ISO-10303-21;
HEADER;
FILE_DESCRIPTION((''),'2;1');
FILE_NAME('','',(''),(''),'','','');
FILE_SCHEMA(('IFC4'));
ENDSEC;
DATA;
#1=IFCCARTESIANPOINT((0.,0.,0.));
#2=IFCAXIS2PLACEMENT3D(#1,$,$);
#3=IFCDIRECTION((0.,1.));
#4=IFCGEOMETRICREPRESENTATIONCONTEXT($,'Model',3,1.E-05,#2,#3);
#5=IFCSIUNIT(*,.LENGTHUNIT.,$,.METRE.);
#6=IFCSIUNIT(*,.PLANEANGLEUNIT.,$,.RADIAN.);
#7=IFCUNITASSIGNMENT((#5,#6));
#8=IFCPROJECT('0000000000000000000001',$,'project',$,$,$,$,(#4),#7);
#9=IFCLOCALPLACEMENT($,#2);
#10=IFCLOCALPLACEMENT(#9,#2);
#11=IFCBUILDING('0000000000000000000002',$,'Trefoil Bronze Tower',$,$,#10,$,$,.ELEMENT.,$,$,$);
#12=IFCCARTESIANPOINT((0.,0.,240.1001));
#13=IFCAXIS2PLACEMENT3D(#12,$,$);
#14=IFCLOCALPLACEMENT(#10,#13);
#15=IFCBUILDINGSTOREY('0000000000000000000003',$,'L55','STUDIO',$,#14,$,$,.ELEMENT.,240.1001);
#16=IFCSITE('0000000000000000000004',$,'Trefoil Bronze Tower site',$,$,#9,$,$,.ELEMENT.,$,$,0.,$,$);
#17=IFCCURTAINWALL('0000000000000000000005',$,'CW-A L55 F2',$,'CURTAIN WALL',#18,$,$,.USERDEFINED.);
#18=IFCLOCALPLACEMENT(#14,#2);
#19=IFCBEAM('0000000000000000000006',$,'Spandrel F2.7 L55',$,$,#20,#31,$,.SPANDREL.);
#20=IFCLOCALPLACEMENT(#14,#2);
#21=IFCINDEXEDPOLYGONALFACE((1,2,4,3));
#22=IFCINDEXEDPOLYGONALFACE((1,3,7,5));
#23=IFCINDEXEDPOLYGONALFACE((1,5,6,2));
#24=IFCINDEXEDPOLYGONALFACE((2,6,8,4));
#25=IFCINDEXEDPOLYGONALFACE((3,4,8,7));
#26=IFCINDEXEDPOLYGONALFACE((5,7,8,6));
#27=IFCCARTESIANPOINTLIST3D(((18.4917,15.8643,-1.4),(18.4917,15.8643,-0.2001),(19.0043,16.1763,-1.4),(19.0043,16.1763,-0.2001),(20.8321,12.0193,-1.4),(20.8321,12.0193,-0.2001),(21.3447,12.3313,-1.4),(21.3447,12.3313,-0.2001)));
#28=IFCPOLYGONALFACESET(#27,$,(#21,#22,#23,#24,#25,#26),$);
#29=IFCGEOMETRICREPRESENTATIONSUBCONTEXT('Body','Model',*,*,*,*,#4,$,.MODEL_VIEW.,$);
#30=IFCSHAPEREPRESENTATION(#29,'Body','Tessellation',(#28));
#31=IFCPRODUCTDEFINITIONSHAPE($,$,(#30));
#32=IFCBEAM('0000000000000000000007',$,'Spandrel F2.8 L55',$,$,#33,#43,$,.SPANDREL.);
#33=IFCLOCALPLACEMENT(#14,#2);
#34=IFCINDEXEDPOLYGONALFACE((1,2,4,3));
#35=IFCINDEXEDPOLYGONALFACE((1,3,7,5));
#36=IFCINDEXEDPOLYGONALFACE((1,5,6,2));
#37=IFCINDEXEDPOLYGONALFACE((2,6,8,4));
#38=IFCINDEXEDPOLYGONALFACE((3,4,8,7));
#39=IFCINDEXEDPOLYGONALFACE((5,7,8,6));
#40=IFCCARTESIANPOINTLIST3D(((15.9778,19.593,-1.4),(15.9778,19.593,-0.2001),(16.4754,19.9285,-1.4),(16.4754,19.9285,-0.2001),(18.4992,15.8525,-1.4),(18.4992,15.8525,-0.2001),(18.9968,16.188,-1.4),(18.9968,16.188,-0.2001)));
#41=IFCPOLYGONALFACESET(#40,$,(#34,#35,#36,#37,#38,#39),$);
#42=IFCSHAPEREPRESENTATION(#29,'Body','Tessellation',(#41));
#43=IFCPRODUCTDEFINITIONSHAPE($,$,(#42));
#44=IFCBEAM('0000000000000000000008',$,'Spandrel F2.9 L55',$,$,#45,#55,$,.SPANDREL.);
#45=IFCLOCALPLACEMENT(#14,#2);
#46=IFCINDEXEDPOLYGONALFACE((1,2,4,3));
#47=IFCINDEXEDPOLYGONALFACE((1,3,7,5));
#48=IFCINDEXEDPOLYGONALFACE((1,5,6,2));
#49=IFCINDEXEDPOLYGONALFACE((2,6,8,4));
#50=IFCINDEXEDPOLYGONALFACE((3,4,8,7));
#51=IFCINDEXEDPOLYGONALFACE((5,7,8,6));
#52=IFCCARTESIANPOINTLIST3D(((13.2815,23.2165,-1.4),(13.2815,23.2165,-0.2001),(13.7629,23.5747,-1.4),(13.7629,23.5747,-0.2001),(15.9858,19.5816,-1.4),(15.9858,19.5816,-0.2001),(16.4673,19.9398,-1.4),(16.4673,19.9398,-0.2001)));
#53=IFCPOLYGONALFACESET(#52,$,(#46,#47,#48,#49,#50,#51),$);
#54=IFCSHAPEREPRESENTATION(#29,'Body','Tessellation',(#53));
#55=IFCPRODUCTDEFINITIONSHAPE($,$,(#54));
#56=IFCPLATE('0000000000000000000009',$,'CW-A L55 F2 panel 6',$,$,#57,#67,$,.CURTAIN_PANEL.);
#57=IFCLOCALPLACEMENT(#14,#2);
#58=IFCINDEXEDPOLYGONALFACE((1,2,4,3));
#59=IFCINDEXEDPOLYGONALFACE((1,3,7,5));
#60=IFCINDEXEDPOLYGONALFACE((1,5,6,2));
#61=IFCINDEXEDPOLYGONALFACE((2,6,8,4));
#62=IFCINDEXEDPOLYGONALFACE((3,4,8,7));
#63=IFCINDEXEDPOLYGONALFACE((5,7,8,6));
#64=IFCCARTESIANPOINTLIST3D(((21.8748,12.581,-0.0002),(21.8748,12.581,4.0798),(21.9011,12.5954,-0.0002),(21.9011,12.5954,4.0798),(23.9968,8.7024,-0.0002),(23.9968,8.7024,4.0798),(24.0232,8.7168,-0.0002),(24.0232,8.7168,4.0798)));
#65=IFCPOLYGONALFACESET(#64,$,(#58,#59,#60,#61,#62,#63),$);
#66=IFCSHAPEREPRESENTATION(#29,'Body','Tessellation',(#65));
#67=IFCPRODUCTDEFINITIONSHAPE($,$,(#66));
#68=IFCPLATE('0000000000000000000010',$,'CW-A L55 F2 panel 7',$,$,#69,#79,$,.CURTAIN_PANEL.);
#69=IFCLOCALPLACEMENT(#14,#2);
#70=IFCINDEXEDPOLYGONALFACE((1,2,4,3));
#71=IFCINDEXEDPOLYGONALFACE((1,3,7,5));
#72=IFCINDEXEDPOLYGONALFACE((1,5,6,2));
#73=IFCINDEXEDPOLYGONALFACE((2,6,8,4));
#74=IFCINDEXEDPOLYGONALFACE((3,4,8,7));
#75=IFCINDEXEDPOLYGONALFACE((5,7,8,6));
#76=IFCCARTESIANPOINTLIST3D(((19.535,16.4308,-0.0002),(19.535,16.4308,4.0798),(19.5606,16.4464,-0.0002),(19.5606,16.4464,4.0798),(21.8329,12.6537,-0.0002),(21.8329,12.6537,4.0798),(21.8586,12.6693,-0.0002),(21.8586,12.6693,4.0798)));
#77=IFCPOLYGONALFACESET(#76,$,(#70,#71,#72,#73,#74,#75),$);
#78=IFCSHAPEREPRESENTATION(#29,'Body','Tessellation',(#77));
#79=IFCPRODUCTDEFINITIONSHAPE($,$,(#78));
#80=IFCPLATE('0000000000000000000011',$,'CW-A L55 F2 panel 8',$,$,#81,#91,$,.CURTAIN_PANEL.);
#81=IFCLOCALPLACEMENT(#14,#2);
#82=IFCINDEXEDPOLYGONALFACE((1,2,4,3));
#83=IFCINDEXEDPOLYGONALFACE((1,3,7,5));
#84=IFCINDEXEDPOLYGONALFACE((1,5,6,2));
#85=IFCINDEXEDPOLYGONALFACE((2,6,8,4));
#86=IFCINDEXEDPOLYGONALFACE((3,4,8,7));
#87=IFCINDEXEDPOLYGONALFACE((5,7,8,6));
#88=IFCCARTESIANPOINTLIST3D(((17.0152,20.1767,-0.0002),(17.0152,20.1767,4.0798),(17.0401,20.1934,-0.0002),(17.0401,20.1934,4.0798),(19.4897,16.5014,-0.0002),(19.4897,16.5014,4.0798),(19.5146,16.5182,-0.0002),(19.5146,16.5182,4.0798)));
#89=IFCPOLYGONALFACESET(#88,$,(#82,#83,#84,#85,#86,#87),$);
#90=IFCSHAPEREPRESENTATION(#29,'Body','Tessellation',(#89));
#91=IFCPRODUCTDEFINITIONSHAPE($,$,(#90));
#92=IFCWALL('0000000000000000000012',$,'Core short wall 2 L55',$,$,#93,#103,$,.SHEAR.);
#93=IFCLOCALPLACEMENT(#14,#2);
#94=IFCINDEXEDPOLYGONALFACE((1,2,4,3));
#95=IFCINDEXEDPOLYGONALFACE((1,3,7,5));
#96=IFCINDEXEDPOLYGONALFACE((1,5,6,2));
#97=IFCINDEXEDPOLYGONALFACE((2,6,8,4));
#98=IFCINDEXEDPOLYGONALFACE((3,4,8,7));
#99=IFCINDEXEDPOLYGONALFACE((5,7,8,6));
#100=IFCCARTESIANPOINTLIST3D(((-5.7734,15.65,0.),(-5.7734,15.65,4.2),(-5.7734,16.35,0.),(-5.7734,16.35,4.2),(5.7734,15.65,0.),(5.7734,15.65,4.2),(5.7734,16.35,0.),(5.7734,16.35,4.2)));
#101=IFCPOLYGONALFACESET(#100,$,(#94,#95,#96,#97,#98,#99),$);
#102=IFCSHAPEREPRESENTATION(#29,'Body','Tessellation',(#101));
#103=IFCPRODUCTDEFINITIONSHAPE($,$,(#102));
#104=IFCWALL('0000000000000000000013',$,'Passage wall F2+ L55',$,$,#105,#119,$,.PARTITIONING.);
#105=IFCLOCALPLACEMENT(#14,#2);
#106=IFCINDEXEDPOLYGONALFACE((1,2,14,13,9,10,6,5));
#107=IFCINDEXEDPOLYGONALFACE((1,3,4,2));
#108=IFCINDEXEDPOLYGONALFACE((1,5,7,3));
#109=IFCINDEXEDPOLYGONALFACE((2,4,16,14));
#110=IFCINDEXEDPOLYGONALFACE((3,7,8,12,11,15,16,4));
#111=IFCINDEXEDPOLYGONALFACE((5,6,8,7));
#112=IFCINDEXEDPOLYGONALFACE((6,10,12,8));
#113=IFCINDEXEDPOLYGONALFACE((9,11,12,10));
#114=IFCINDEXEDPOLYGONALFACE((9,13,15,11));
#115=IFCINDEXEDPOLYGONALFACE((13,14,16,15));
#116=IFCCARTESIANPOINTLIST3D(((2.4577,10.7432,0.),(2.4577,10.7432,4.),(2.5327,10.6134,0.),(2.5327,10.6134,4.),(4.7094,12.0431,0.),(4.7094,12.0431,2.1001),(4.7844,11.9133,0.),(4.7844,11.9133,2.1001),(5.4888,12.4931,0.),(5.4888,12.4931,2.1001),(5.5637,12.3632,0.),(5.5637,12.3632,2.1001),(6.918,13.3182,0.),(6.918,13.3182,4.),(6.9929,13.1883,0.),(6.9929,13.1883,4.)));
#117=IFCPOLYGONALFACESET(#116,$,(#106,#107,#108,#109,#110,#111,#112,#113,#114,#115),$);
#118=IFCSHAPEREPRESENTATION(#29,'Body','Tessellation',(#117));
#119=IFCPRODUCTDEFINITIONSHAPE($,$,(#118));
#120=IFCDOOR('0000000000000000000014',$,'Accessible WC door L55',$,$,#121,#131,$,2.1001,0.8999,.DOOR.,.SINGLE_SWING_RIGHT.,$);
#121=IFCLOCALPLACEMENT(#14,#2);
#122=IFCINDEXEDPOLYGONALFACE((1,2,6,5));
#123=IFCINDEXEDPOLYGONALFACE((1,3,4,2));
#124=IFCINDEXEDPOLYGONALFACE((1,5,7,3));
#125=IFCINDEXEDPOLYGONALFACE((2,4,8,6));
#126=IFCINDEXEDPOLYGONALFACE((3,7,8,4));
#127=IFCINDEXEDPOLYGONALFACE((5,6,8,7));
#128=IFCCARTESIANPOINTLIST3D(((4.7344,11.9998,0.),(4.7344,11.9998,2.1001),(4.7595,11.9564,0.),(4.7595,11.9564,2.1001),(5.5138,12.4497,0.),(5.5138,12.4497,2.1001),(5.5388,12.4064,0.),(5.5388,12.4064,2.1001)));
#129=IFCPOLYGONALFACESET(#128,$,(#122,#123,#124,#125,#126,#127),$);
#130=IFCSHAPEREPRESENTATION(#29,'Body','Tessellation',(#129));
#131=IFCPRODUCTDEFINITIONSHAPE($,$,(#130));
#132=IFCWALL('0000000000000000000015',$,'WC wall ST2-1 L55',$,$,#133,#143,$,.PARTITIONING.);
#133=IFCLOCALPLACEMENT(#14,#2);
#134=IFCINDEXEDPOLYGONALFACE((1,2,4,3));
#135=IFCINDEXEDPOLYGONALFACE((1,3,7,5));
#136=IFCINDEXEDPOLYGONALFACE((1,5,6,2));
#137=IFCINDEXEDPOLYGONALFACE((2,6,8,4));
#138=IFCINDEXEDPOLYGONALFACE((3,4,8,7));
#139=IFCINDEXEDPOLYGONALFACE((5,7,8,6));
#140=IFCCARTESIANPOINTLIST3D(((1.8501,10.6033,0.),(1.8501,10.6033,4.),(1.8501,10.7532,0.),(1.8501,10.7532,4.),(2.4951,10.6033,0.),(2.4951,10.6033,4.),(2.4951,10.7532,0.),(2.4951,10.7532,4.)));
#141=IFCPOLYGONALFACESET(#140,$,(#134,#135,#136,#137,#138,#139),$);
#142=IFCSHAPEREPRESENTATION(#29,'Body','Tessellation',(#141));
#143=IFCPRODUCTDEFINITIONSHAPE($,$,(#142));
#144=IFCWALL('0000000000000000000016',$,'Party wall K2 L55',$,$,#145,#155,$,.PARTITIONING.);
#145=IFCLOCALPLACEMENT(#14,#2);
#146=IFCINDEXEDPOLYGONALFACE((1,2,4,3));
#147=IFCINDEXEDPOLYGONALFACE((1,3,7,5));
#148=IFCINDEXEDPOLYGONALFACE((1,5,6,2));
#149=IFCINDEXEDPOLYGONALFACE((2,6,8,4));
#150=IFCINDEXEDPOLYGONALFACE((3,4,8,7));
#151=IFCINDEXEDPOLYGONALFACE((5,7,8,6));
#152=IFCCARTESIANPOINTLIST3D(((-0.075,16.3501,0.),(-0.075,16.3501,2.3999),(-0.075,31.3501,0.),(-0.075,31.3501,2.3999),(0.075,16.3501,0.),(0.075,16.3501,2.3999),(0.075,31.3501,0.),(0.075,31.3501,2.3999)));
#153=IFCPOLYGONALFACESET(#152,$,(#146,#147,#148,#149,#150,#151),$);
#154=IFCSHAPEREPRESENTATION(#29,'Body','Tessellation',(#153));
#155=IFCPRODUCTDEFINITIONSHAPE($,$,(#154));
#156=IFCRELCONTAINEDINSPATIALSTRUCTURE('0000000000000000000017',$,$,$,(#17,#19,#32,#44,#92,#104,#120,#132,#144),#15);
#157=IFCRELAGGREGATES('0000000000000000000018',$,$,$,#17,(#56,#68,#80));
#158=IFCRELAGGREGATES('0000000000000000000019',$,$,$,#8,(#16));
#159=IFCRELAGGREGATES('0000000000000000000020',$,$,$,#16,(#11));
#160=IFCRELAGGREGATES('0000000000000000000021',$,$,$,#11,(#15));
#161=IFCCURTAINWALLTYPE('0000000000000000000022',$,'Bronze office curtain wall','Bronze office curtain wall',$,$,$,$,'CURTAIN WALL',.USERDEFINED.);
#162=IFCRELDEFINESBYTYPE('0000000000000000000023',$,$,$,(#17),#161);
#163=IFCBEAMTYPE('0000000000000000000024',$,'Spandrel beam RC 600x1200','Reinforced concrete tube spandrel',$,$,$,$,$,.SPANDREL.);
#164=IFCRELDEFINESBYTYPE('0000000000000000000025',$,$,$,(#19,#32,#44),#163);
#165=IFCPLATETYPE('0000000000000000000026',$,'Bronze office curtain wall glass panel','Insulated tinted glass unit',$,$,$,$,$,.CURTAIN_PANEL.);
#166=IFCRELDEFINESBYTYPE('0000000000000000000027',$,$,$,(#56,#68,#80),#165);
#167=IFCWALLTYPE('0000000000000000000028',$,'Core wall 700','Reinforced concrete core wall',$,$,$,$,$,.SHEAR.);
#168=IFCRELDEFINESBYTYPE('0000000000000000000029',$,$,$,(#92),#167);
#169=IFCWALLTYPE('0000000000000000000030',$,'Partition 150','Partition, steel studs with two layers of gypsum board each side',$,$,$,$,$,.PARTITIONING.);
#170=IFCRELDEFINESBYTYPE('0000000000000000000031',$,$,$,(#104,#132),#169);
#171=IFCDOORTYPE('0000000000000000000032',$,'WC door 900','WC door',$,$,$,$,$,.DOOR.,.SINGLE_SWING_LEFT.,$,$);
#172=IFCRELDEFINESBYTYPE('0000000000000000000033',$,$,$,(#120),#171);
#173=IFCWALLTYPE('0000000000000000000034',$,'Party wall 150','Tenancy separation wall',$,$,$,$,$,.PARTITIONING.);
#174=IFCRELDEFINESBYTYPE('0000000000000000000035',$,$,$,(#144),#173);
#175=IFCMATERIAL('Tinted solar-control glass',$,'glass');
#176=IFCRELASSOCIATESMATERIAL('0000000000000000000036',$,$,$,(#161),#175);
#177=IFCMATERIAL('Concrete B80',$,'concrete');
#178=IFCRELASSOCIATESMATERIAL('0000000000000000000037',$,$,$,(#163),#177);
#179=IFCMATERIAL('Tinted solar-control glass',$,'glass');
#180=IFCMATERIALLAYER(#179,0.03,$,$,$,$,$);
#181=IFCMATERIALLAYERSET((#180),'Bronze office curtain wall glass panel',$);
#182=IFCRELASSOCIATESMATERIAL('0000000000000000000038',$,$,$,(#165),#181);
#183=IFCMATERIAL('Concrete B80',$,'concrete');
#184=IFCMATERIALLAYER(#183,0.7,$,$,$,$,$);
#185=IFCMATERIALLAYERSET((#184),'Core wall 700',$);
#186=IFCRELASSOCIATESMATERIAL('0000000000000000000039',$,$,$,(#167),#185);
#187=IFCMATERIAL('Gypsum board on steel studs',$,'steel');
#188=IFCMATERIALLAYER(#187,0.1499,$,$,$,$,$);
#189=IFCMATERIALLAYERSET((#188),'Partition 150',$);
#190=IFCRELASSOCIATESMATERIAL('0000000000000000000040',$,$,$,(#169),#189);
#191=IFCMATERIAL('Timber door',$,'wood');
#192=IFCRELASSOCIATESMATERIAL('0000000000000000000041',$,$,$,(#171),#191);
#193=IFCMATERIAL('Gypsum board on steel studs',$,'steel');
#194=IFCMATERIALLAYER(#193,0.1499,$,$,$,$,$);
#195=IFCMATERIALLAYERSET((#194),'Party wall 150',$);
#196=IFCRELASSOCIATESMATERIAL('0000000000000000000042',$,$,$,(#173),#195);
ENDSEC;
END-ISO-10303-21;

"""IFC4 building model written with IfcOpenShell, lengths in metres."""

from ifc_helpers import new_model, si_unit, direction, frame, frame_2d, origin, origin_2d, place, context, subcontext, project, spatial, rectangle, extrude, material, layer, layer_set, material_profile, profile_set, type_object, element, fill, aggregate, save


model = new_model("IFC4")

# Units and contexts
model_context = context("Model", 3, precision=1e-05, world=origin(), true_north=direction((0.0, 1.0)))
body_context = subcontext(model_context, "Body", "Model", "MODEL_VIEW")
ifc_project = project(units=[si_unit("LENGTHUNIT", "METRE"), si_unit("PLANEANGLEUNIT", "RADIAN")], contexts=[model_context])

# Site, building, storey
site_placement = place(None, origin())
site = spatial("IfcSite", under=ifc_project, at=site_placement, Name="Trefoil Bronze Tower site", CompositionType="ELEMENT", RefElevation=0.0)
building_placement = place(site_placement, origin())
building = spatial("IfcBuilding", under=site, at=building_placement, Name="Trefoil Bronze Tower", CompositionType="ELEMENT")
storey_placement = place(building_placement, frame((0.0, 0.0, 240.1001)))
storey = spatial("IfcBuildingStorey", under=building, at=storey_placement, Name="L55", Description="STUDIO", CompositionType="ELEMENT", Elevation=240.1001)

# Curtain wall
ifc_material_1 = material(Name="Tinted solar-control glass", Category="glass")
curtain_wall_type = type_object("IfcCurtainWallType", Name="Bronze office curtain wall", Description="Bronze office curtain wall", ElementType="CURTAIN WALL", PredefinedType="USERDEFINED", material=ifc_material_1)
curtain_wall_placement = place(storey_placement, origin())
curtain_wall = element("IfcCurtainWall", 1, at=curtain_wall_placement, inside=storey, type_object=curtain_wall_type, Name="CW-A L55 F2", ObjectType="CURTAIN WALL", PredefinedType="USERDEFINED")

# Beams
ifc_material_2 = material(Name="Concrete B80", Category="concrete")
ifc_material_profile_1 = material_profile(ifc_material_2, rectangle(XDim=0.6001, YDim=1.2, at=origin_2d()), Name="RC 600x1200")
ifc_profile_set_1 = profile_set([ifc_material_profile_1], Name="Concrete B80")
beam_type_1 = type_object("IfcBeamType", Name="Spandrel beam RC 600x1200", Description="Reinforced concrete tube spandrel", PredefinedType="SPANDREL", material=ifc_profile_set_1)
beam_1_placement = place(storey_placement, frame((21.0884, 12.1753, -0.8), z_axis=(-0.519933, 0.854207, 0.0), x_axis=(-0.854207, -0.519933, 0.0)))
element("IfcBeam", 2, at=beam_1_placement, inside=storey, type_object=beam_type_1, Name="Spandrel F2.7 L55", PredefinedType="SPANDREL", context=body_context, shape_type="SweptSolid", body=[
    extrude(rectangle(XDim=0.6001, YDim=1.2, at=origin_2d()), origin(), (0.0, 0.0, 1.0), 4.5012),
])
beam_2_placement = place(storey_placement, frame((18.748, 16.0203, -0.8), z_axis=(-0.558964, 0.829192, 0.0), x_axis=(-0.829192, -0.558964, 0.0)))
element("IfcBeam", 3, at=beam_2_placement, inside=storey, type_object=beam_type_1, Name="Spandrel F2.8 L55", PredefinedType="SPANDREL", context=body_context, shape_type="SweptSolid", body=[
    extrude(rectangle(XDim=0.6001, YDim=1.2, at=origin_2d()), origin(), (0.0, 0.0, 1.0), 4.511),
])
beam_3_placement = place(storey_placement, frame((16.2266, 19.7607, -0.8), z_axis=(-0.596926, 0.802296, 0.0), x_axis=(-0.802296, -0.596926, 0.0)))
element("IfcBeam", 4, at=beam_3_placement, inside=storey, type_object=beam_type_1, Name="Spandrel F2.9 L55", PredefinedType="SPANDREL", context=body_context, shape_type="SweptSolid", body=[
    extrude(rectangle(XDim=0.6001, YDim=1.2, at=origin_2d()), origin(), (0.0, 0.0, 1.0), 4.5305),
])

# Plates
ifc_material_3 = material(Name="Tinted solar-control glass", Category="glass")
ifc_layer_1 = layer(ifc_material_3, 0.03)
ifc_layer_set_1 = layer_set([ifc_layer_1], Name="Bronze office curtain wall glass panel")
plate_type = type_object("IfcPlateType", Name="Bronze office curtain wall glass panel", Description="Insulated tinted glass unit", PredefinedType="CURTAIN_PANEL", material=ifc_layer_set_1)
plate_1_placement = place(storey_placement, frame((22.949, 10.6489, -0.0002), z_axis=(0.0, 0.0, 1.0), x_axis=(-0.479974, 0.877283, 0.0)))
plate_1 = element("IfcPlate", 5, at=plate_1_placement, type_object=plate_type, Name="CW-A L55 F2 panel 6", PredefinedType="CURTAIN_PANEL", context=body_context, shape_type="SweptSolid", body=[
    extrude(rectangle(XDim=4.4211, YDim=0.03, at=origin_2d()), origin(), (0.0, 0.0, 1.0), 4.0801),
])
plate_2_placement = place(storey_placement, frame((20.6968, 14.55, -0.0002), z_axis=(0.0, 0.0, 1.0), x_axis=(-0.519762, 0.854311, 0.0)))
plate_2 = element("IfcPlate", 6, at=plate_2_placement, type_object=plate_type, Name="CW-A L55 F2 panel 7", PredefinedType="CURTAIN_PANEL", context=body_context, shape_type="SweptSolid", body=[
    extrude(rectangle(XDim=4.4211, YDim=0.03, at=origin_2d()), origin(), (0.0, 0.0, 1.0), 4.0801),
])
plate_3_placement = place(storey_placement, frame((18.2649, 18.3474, -0.0002), z_axis=(0.0, 0.0, 1.0), x_axis=(-0.558493, 0.829509, 0.0)))
plate_3 = element("IfcPlate", 7, at=plate_3_placement, type_object=plate_type, Name="CW-A L55 F2 panel 8", PredefinedType="CURTAIN_PANEL", context=body_context, shape_type="SweptSolid", body=[
    extrude(rectangle(XDim=4.4307, YDim=0.03, at=origin_2d()), origin(), (0.0, 0.0, 1.0), 4.0801),
])
aggregate(curtain_wall, [plate_1, plate_2, plate_3])

# Wall
ifc_material_4 = material(Name="Concrete B80", Category="concrete")
ifc_layer_2 = layer(ifc_material_4, 0.7)
ifc_layer_set_2 = layer_set([ifc_layer_2], Name="Core wall 700")
wall_type_1 = type_object("IfcWallType", Name="Core wall 700", Description="Reinforced concrete core wall", PredefinedType="SHEAR", material=ifc_layer_set_2)
wall_1_placement = place(storey_placement, frame((5.7734, 16.0, 0.0), z_axis=(0.0, 0.0, 1.0), x_axis=(-1.0, 0.0, 0.0)))
element("IfcWall", 8, at=wall_1_placement, inside=storey, type_object=wall_type_1, Name="Core short wall 2 L55", PredefinedType="SHEAR", context=body_context, shape_type="SweptSolid", body=[
    extrude(rectangle(XDim=11.5469, YDim=0.7, at=frame_2d((5.7734, 0.0))), origin(), (0.0, 0.0, 1.0), 4.2),
])

# Wall, opening, door
ifc_material_5 = material(Name="Gypsum board on steel studs", Category="steel")
ifc_layer_3 = layer(ifc_material_5, 0.1499)
ifc_layer_set_3 = layer_set([ifc_layer_3], Name="Partition 150")
wall_type_2 = type_object("IfcWallType", Name="Partition 150", Description="Partition, steel studs with two layers of gypsum board each side", PredefinedType="PARTITIONING", material=ifc_layer_set_3)
wall_2_placement = place(storey_placement, frame((2.4951, 10.6782, 0.0), z_axis=(0.0, 0.0, 1.0), x_axis=(0.866038, 0.499978, 0.0)))
wall_2 = element("IfcWall", 9, at=wall_2_placement, inside=storey, type_object=wall_type_2, Name="Passage wall F2+ L55", PredefinedType="PARTITIONING", context=body_context, shape_type="SweptSolid", body=[
    extrude(rectangle(XDim=5.1501, YDim=0.1499, at=frame_2d((2.5752, 0.0))), origin(), (0.0, 0.0, 1.0), 4.0),
])
opening_placement = place(wall_2_placement, frame((2.6001, 0.0, 0.0)))
opening = element("IfcOpeningElement", 10, at=opening_placement, cuts=wall_2, PredefinedType="OPENING", context=body_context, shape_type="SweptSolid", body=[
    extrude(rectangle(XDim=0.8999, YDim=2.1001, at=frame_2d((0.45, 1.05))), frame((0.0, 0.085, 0.0), z_axis=(0.0, -1.0, 0.0), x_axis=(1.0, 0.0, 0.0)), (0.0, 0.0, 1.0), 0.1699),
])
ifc_material_6 = material(Name="Timber door", Category="wood")
door_type = type_object("IfcDoorType", Name="WC door 900", Description="WC door", OperationType="SINGLE_SWING_LEFT", PredefinedType="DOOR", material=ifc_material_6)
door_placement = place(opening_placement, origin())
door = element("IfcDoor", 11, at=door_placement, inside=storey, type_object=door_type, Name="Accessible WC door L55", OperationType="SINGLE_SWING_RIGHT", OverallHeight=2.1001, OverallWidth=0.8999, PredefinedType="DOOR", context=body_context, shape_type="SweptSolid", body=[
    extrude(rectangle(XDim=0.8999, YDim=2.1001, at=frame_2d((0.45, 1.05))), frame((0.0, 0.0249, 0.0), z_axis=(0.0, -1.0, 0.0), x_axis=(1.0, 0.0, 0.0)), (0.0, 0.0, 1.0), 0.05),
])
fill(opening, door)

# Walls
wall_3_placement = place(storey_placement, frame((2.4951, 10.6782, 0.0), z_axis=(0.0, 0.0, 1.0), x_axis=(-1.0, 0.0, 0.0)))
element("IfcWall", 12, at=wall_3_placement, inside=storey, type_object=wall_type_2, Name="WC wall ST2-1 L55", PredefinedType="PARTITIONING", context=body_context, shape_type="SweptSolid", body=[
    extrude(rectangle(XDim=0.645, YDim=0.1499, at=frame_2d((0.3225, 0.0))), origin(), (0.0, 0.0, 1.0), 4.0),
])
ifc_material_7 = material(Name="Gypsum board on steel studs", Category="steel")
ifc_layer_4 = layer(ifc_material_7, 0.1499)
ifc_layer_set_4 = layer_set([ifc_layer_4], Name="Party wall 150")
wall_type_3 = type_object("IfcWallType", Name="Party wall 150", Description="Tenancy separation wall", PredefinedType="PARTITIONING", material=ifc_layer_set_4)
wall_4_placement = place(storey_placement, frame((0.0, 16.3501, 0.0), z_axis=(0.0, 0.0, 1.0), x_axis=(0.0, 1.0, 0.0)))
element("IfcWall", 13, at=wall_4_placement, inside=storey, type_object=wall_type_3, Name="Party wall K2 L55", PredefinedType="PARTITIONING", context=body_context, shape_type="SweptSolid", body=[
    extrude(rectangle(XDim=15.0, YDim=0.1499, at=frame_2d((7.5, 0.0))), origin(), (0.0, 0.0, 1.0), 2.3999),
])

save(model, "model.ifc")
